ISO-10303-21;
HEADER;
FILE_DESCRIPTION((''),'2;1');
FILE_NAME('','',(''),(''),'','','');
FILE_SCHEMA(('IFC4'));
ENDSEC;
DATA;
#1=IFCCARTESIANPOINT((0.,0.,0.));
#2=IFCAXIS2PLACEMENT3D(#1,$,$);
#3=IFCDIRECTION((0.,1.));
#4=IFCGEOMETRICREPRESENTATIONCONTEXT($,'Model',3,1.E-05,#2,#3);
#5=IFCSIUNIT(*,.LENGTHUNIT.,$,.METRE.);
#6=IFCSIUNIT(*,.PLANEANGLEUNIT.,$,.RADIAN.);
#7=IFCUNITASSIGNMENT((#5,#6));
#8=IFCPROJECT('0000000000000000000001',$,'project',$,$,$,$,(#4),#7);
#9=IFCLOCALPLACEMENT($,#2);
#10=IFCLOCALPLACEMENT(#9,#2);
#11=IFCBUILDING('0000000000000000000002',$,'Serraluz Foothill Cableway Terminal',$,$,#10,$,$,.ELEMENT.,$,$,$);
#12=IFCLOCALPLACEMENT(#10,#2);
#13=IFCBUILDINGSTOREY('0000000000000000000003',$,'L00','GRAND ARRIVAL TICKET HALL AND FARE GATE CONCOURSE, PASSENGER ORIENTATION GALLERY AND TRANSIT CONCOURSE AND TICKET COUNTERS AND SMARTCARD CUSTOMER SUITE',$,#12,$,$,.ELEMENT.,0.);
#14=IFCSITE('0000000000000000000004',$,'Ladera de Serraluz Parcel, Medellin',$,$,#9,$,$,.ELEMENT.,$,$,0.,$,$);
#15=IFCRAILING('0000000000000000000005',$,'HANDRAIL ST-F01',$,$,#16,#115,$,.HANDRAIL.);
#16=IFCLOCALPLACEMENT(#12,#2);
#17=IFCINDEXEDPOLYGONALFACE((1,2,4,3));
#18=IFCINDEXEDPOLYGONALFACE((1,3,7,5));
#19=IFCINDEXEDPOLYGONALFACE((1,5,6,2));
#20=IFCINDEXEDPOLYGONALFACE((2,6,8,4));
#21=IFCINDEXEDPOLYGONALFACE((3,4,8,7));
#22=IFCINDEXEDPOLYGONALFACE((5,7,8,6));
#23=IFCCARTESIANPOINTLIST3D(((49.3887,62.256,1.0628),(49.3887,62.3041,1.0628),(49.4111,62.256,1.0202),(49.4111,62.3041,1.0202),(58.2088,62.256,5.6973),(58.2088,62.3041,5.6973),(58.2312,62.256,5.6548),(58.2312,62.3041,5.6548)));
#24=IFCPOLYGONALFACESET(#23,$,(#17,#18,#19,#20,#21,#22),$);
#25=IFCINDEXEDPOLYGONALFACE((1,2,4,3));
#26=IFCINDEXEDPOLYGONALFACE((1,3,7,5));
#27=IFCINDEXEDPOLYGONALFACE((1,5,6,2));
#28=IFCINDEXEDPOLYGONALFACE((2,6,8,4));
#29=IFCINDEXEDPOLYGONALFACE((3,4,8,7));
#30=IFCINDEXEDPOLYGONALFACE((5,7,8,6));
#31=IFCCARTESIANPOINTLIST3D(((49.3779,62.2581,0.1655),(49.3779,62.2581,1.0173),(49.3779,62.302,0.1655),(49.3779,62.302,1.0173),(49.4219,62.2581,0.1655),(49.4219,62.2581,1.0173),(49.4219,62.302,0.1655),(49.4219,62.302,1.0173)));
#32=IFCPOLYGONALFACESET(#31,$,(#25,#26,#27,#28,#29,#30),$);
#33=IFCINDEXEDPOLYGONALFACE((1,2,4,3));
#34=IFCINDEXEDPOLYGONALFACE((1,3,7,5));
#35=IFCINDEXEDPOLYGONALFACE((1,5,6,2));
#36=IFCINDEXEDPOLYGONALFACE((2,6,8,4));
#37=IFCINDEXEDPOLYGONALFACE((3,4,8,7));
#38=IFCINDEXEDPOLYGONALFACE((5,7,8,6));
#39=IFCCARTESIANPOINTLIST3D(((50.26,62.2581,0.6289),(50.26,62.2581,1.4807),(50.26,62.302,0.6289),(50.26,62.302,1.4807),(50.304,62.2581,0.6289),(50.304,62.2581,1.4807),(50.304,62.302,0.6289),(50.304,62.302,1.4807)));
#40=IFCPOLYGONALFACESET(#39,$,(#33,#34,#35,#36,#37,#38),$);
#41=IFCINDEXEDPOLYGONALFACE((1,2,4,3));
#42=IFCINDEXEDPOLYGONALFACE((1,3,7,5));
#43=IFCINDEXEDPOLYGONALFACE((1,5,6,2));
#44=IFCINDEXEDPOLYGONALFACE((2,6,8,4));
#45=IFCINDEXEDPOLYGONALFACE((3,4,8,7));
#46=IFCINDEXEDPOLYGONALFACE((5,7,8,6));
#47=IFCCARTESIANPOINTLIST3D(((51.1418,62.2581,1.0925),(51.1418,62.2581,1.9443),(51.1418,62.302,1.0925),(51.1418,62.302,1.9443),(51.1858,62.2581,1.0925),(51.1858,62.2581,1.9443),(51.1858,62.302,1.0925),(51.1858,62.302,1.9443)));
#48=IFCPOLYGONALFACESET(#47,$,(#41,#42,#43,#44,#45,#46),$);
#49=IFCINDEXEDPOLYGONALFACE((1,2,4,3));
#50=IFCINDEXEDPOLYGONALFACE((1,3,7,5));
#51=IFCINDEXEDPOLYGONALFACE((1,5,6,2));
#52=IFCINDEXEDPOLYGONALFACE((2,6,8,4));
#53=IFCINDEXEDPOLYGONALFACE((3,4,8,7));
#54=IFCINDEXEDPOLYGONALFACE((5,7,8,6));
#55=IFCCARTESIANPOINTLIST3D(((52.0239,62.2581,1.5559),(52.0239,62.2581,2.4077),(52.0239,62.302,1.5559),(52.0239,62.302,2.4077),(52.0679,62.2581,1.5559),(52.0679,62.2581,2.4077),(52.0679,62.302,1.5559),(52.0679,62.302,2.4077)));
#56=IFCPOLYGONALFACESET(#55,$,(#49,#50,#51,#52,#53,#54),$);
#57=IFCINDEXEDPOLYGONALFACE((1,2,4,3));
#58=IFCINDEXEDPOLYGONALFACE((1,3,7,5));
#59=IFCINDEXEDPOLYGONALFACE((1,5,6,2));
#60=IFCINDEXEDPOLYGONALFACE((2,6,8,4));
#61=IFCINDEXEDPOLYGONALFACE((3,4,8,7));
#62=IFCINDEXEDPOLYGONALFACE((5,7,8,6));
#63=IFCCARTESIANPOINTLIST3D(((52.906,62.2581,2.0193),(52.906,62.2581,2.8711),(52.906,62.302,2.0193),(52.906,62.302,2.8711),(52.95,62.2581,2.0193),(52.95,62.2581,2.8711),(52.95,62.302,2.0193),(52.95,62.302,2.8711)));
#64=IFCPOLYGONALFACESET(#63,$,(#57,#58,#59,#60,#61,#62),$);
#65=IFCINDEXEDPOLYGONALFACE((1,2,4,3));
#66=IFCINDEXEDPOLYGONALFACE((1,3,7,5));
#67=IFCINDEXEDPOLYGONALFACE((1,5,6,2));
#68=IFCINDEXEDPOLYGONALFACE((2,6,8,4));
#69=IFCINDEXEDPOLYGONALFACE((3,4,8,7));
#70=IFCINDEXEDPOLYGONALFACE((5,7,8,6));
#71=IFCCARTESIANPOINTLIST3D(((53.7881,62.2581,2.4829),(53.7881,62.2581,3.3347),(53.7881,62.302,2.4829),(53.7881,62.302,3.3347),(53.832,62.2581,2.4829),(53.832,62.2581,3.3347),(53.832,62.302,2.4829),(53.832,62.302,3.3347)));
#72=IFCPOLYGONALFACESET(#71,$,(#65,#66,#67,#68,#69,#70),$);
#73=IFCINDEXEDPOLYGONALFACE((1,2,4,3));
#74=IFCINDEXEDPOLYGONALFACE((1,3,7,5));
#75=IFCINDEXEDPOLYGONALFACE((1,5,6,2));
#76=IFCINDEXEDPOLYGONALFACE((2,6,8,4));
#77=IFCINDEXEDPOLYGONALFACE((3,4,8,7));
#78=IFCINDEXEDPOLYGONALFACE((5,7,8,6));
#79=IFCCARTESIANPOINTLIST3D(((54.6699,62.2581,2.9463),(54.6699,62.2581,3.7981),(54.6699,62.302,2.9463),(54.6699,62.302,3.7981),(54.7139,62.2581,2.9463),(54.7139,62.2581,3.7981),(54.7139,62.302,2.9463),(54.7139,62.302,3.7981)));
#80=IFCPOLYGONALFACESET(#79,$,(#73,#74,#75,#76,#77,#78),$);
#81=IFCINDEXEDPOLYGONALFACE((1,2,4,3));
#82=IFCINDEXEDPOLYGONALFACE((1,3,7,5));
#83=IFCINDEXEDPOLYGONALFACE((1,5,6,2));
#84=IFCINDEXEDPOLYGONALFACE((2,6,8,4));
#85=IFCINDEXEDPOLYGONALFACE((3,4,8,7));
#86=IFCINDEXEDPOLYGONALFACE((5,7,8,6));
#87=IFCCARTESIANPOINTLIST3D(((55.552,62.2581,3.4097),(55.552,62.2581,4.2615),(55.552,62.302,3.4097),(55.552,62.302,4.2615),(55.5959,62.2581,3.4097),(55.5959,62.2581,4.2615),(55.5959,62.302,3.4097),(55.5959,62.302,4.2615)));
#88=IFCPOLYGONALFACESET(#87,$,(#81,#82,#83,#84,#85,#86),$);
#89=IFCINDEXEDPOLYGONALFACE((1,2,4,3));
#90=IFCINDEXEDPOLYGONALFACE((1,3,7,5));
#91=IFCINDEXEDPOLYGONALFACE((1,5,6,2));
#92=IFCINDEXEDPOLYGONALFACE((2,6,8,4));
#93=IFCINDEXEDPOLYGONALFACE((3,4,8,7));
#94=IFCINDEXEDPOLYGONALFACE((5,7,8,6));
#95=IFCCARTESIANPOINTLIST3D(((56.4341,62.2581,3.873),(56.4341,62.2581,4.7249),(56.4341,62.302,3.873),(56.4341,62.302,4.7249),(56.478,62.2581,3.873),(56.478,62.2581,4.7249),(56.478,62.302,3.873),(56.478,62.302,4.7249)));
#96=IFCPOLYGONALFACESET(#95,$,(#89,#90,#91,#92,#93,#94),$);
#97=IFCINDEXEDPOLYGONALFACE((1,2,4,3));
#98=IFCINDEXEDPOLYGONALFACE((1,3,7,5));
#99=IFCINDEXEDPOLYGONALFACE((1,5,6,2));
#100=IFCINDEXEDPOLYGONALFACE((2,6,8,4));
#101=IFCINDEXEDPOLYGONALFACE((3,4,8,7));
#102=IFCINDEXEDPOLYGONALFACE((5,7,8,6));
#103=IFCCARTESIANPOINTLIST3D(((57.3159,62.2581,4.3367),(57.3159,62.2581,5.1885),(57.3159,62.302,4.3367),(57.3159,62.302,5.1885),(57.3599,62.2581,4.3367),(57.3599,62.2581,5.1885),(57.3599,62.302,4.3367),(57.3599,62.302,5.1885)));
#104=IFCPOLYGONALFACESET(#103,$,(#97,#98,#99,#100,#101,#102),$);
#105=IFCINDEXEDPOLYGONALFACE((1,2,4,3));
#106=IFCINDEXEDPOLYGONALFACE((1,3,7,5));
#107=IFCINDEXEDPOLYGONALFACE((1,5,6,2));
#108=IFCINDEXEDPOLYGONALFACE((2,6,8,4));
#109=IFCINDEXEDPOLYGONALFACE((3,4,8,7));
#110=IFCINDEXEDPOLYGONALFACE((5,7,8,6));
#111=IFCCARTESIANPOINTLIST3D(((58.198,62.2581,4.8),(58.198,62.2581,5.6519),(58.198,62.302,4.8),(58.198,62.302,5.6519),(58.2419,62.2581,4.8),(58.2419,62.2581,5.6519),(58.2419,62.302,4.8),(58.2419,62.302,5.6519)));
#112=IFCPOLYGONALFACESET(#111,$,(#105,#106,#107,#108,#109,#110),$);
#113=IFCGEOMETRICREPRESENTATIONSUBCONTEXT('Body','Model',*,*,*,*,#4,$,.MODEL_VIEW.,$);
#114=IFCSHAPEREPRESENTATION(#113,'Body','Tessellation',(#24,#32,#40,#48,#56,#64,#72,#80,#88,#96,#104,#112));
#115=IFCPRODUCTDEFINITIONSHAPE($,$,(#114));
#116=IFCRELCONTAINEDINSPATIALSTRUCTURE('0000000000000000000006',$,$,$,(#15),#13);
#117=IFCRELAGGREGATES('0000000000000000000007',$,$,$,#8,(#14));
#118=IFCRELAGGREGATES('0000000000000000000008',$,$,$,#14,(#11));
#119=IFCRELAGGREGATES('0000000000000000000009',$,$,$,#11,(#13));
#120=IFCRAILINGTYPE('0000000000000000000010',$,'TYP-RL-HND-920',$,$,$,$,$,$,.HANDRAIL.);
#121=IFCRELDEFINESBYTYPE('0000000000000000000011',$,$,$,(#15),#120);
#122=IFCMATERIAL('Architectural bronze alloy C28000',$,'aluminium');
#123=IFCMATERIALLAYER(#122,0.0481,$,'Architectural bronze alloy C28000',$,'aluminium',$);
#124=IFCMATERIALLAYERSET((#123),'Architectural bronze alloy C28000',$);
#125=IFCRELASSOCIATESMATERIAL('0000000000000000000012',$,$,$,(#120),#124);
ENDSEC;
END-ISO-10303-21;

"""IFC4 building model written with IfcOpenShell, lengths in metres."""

from ifc_helpers import new_model, si_unit, direction, frame, origin, origin_2d, place, context, subcontext, project, spatial, rectangle, extrude, material, layer, layer_set, type_object, element, save


model = new_model("IFC4")

# Units and contexts
model_context = context("Model", 3, precision=1e-05, world=origin(), true_north=direction((0.0, 1.0)))
body_context = subcontext(model_context, "Body", "Model", "MODEL_VIEW")
ifc_project = project(units=[si_unit("LENGTHUNIT", "METRE"), si_unit("PLANEANGLEUNIT", "RADIAN")], contexts=[model_context])

# Site, building, storey
site_placement = place(None, origin())
site = spatial("IfcSite", under=ifc_project, at=site_placement, Name="Ladera de Serraluz Parcel, Medellin", CompositionType="ELEMENT", RefElevation=0.0)
building_placement = place(site_placement, origin())
building = spatial("IfcBuilding", under=site, at=building_placement, Name="Serraluz Foothill Cableway Terminal", CompositionType="ELEMENT")
storey_placement = place(building_placement, origin())
storey = spatial("IfcBuildingStorey", under=building, at=storey_placement, Name="L00", Description="GRAND ARRIVAL TICKET HALL AND FARE GATE CONCOURSE, PASSENGER ORIENTATION GALLERY AND TRANSIT CONCOURSE AND TICKET COUNTERS AND SMARTCARD CUSTOMER SUITE", CompositionType="ELEMENT", Elevation=0.0)

# Shared definitions
ifc_material_1 = material(Name="Architectural bronze alloy C28000", Category="aluminium")

# Railing
ifc_layer_1 = layer(ifc_material_1, 0.0481, Name="Architectural bronze alloy C28000", Category="aluminium")
ifc_layer_set_1 = layer_set([ifc_layer_1], Name="Architectural bronze alloy C28000")
railing_type_1 = type_object("IfcRailingType", Name="TYP-RL-HND-920", PredefinedType="HANDRAIL", material=ifc_layer_set_1)
railing_1_placement = place(storey_placement, frame((49.3999, 62.28, 0.1655)))
element("IfcRailing", 1, at=railing_1_placement, inside=storey, type_object=railing_type_1, Name="HANDRAIL ST-F01", PredefinedType="HANDRAIL", context=body_context, shape_type="SweptSolid", body=[
    extrude(rectangle(XDim=0.0481, YDim=0.0481, at=origin_2d()), frame((0.0, 0.0, 0.876), z_axis=(0.885233, 0.0, 0.465147), x_axis=(0.0, 1.0, 0.0)), (0.0, 0.0, 1.0), 9.9636),
    extrude(rectangle(XDim=0.0439, YDim=0.0439, at=origin_2d()), origin(), (0.0, 0.0, 1.0), 0.8518),
    extrude(rectangle(XDim=0.0439, YDim=0.0439, at=origin_2d()), frame((0.8821, 0.0, 0.4634)), (0.0, 0.0, 1.0), 0.8518),
    extrude(rectangle(XDim=0.0439, YDim=0.0439, at=origin_2d()), frame((1.7639, 0.0, 0.927)), (0.0, 0.0, 1.0), 0.8518),
    extrude(rectangle(XDim=0.0439, YDim=0.0439, at=origin_2d()), frame((2.646, 0.0, 1.3904)), (0.0, 0.0, 1.0), 0.8518),
    extrude(rectangle(XDim=0.0439, YDim=0.0439, at=origin_2d()), frame((3.5281, 0.0, 1.8538)), (0.0, 0.0, 1.0), 0.8518),
    extrude(rectangle(XDim=0.0439, YDim=0.0439, at=origin_2d()), frame((4.4102, 0.0, 2.3174)), (0.0, 0.0, 1.0), 0.8518),
    extrude(rectangle(XDim=0.0439, YDim=0.0439, at=origin_2d()), frame((5.292, 0.0, 2.7808)), (0.0, 0.0, 1.0), 0.8518),
    extrude(rectangle(XDim=0.0439, YDim=0.0439, at=origin_2d()), frame((6.1741, 0.0, 3.2441)), (0.0, 0.0, 1.0), 0.8518),
    extrude(rectangle(XDim=0.0439, YDim=0.0439, at=origin_2d()), frame((7.0562, 0.0, 3.7075)), (0.0, 0.0, 1.0), 0.8518),
    extrude(rectangle(XDim=0.0439, YDim=0.0439, at=origin_2d()), frame((7.938, 0.0, 4.1711)), (0.0, 0.0, 1.0), 0.8518),
    extrude(rectangle(XDim=0.0439, YDim=0.0439, at=origin_2d()), frame((8.8201, 0.0, 4.6345)), (0.0, 0.0, 1.0), 0.8518),
])

save(model, "model.ifc")
